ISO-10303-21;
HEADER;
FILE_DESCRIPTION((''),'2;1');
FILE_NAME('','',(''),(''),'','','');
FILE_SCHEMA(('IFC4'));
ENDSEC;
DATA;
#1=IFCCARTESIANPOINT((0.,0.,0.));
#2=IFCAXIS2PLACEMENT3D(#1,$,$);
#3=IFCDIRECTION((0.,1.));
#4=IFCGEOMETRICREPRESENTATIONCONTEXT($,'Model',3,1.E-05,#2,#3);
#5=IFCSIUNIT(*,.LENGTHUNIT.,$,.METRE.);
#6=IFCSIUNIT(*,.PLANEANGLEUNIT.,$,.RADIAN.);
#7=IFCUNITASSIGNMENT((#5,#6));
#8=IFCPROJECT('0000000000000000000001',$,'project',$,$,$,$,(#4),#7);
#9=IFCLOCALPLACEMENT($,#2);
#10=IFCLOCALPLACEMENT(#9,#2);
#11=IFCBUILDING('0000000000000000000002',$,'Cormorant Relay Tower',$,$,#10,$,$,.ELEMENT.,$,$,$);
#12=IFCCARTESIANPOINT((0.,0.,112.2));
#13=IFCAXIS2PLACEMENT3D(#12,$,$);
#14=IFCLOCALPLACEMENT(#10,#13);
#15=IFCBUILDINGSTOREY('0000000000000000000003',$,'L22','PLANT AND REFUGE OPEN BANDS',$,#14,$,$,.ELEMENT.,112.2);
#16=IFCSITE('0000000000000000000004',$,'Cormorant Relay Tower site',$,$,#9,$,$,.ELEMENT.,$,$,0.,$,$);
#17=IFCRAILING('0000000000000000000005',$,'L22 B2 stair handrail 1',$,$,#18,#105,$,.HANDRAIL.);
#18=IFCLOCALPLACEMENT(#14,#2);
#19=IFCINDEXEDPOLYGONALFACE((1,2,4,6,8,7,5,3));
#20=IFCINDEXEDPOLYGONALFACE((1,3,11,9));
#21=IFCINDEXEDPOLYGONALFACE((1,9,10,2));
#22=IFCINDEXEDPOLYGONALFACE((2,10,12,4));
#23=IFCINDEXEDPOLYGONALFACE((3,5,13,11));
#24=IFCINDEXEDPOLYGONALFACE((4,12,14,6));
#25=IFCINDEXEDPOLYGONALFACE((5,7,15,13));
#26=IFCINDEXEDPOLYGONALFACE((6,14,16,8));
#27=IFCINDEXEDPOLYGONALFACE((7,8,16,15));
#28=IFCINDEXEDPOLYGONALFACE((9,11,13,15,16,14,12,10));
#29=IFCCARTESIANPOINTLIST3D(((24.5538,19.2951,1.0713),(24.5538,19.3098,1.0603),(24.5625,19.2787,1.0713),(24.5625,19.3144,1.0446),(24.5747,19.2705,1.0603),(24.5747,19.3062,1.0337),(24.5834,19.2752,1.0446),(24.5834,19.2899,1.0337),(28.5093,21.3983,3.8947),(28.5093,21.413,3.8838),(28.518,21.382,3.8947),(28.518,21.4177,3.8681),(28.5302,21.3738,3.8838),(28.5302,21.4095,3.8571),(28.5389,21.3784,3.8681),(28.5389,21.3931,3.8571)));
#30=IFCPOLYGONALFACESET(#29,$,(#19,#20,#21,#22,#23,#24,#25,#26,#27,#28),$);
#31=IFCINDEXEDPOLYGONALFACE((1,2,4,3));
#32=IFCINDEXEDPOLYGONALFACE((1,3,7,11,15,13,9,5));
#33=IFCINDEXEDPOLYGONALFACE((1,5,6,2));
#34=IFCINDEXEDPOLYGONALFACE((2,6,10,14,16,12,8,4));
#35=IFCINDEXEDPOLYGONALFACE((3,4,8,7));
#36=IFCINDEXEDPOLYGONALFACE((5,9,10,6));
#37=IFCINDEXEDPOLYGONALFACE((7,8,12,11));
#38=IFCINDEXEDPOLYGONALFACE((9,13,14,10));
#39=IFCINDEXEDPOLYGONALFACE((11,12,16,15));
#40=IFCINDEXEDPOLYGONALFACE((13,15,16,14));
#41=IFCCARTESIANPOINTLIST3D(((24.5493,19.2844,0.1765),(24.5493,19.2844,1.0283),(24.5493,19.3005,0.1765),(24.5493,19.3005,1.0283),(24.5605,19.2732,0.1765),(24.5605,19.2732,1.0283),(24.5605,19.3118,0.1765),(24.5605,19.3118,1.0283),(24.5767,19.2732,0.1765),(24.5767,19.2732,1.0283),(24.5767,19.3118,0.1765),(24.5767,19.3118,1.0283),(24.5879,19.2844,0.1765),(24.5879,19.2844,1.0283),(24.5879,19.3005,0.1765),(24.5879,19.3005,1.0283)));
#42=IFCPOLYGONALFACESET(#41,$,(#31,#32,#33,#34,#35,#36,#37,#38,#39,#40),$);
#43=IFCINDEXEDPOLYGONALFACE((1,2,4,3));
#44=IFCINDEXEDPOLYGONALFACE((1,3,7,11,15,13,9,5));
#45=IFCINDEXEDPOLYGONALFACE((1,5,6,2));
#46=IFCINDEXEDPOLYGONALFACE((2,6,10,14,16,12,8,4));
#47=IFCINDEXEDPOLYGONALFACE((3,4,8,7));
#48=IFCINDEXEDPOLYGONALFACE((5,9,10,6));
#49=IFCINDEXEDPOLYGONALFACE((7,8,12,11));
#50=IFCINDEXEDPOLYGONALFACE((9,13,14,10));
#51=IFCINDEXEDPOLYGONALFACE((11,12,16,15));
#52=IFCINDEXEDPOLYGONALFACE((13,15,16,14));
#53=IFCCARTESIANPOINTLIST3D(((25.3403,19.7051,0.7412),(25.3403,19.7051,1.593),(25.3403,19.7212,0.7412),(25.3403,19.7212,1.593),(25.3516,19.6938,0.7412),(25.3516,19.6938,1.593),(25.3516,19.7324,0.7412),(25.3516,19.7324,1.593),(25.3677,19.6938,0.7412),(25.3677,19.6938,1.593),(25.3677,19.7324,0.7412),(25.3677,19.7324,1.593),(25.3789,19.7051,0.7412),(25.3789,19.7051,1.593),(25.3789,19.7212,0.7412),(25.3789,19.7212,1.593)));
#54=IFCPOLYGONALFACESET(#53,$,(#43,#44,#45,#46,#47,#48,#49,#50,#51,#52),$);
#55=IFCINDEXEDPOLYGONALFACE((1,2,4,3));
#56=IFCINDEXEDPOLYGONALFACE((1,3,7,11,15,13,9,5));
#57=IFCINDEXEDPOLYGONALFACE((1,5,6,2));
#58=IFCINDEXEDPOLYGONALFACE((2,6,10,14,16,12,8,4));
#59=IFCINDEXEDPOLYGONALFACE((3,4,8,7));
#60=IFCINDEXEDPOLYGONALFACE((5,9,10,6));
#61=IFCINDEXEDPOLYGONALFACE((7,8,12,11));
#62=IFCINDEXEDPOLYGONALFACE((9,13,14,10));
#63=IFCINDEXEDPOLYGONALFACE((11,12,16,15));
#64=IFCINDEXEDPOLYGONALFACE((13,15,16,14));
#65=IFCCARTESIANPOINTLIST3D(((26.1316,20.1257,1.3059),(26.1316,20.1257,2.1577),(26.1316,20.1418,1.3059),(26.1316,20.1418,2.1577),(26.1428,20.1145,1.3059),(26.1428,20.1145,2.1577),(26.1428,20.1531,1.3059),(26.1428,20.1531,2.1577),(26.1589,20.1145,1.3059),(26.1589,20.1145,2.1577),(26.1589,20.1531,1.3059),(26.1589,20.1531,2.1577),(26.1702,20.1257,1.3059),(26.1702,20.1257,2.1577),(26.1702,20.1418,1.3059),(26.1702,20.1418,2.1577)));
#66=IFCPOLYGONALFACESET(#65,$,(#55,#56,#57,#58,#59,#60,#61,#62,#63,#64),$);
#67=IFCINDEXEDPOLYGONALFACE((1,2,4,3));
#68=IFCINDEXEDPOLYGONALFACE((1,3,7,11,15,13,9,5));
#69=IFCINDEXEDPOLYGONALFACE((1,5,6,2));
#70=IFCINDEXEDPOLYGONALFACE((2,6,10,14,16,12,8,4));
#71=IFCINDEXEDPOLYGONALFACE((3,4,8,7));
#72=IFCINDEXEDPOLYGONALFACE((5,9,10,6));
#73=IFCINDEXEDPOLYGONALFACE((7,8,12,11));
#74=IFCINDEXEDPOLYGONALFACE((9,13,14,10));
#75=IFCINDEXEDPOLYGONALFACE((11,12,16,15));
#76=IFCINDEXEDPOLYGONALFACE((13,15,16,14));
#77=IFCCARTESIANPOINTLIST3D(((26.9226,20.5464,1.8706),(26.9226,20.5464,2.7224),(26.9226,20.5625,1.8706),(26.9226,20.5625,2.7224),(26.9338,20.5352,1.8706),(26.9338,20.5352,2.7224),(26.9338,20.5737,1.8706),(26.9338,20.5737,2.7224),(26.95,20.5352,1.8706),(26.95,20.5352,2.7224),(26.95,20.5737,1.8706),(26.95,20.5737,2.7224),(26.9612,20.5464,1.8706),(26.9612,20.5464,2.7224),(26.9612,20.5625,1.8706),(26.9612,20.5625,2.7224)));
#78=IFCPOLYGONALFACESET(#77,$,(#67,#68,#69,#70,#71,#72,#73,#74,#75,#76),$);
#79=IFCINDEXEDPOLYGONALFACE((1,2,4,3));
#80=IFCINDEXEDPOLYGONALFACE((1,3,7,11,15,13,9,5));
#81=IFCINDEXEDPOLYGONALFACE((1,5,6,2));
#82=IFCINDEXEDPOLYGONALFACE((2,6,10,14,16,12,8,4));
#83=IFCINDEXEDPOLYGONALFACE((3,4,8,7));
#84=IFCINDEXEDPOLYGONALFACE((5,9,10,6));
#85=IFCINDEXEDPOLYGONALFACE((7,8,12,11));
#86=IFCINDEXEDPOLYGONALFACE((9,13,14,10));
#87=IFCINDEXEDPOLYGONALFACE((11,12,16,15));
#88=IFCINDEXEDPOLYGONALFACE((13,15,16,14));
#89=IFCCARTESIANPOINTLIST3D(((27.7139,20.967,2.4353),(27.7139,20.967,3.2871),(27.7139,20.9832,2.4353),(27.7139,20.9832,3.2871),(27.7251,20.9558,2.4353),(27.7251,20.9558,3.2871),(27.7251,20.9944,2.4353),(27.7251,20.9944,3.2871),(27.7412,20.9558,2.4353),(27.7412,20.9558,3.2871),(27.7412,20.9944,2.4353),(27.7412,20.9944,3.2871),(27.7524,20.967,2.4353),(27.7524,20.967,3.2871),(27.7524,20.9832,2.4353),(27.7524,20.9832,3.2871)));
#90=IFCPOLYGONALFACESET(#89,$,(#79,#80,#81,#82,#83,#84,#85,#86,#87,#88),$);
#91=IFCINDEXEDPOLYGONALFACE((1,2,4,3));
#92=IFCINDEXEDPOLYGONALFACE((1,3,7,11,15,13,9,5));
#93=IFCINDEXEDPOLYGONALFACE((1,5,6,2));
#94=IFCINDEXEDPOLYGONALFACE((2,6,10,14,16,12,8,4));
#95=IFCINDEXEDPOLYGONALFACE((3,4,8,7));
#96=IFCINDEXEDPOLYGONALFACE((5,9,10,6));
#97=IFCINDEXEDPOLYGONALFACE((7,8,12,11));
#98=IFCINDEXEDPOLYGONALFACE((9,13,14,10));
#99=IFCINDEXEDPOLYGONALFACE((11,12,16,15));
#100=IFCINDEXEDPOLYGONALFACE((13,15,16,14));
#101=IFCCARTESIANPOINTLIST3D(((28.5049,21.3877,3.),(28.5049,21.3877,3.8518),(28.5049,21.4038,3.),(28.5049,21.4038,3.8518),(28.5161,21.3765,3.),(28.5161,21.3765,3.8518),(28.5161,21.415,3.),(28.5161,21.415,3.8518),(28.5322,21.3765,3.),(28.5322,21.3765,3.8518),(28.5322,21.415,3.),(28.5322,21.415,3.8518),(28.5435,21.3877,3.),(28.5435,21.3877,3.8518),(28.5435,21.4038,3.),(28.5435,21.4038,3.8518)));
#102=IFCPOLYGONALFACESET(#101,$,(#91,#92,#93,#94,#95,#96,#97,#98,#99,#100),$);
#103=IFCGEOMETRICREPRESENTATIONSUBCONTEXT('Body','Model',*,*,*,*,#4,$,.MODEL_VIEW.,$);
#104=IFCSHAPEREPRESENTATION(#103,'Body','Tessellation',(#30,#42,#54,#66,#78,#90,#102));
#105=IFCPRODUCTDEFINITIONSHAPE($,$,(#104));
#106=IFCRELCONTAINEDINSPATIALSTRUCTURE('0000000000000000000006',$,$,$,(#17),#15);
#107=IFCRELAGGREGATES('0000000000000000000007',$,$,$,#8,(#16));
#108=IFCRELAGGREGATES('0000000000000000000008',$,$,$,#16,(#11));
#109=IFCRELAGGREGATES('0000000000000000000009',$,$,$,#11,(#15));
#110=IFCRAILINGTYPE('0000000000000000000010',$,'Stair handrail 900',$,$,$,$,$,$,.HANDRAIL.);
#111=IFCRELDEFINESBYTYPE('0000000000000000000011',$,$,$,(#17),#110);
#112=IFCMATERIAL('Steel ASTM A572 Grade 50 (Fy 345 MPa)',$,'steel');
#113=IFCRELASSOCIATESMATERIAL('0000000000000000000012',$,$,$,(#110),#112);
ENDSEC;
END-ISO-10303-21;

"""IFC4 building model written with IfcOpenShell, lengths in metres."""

from ifc_helpers import new_model, si_unit, direction, frame, origin, place, context, subcontext, project, spatial, polyline, outline, extrude, material, type_object, element, save


model = new_model("IFC4")

# Units and contexts
model_context = context("Model", 3, precision=1e-05, world=origin(), true_north=direction((0.0, 1.0)))
body_context = subcontext(model_context, "Body", "Model", "MODEL_VIEW")
ifc_project = project(units=[si_unit("LENGTHUNIT", "METRE"), si_unit("PLANEANGLEUNIT", "RADIAN")], contexts=[model_context])

# Site, building, storey
site_placement = place(None, origin())
site = spatial("IfcSite", under=ifc_project, at=site_placement, Name="Cormorant Relay Tower site", CompositionType="ELEMENT", RefElevation=0.0)
building_placement = place(site_placement, origin())
building = spatial("IfcBuilding", under=site, at=building_placement, Name="Cormorant Relay Tower", CompositionType="ELEMENT")
storey_placement = place(building_placement, frame((0.0, 0.0, 112.2)))
storey = spatial("IfcBuildingStorey", under=building, at=storey_placement, Name="L22", Description="PLANT AND REFUGE OPEN BANDS", CompositionType="ELEMENT", Elevation=112.2)

# Railing
ifc_material_1 = material(Name="Steel ASTM A572 Grade 50 (Fy 345 MPa)", Category="steel")
railing_type_1 = type_object("IfcRailingType", Name="Stair handrail 900", PredefinedType="HANDRAIL", material=ifc_material_1)
railing_1_placement = place(storey_placement, frame((24.5686, 19.2925, 0.1765)))
element("IfcRailing", 1, at=railing_1_placement, inside=storey, type_object=railing_type_1, Name="L22 B2 stair handrail 1", PredefinedType="HANDRAIL", context=body_context, shape_type="SweptSolid", body=[
    extrude(outline(polyline([(0.0222, 0.0093), (0.0093, 0.0222), (-0.0093, 0.0222), (-0.0222, 0.0093), (-0.0222, -0.0093), (-0.0093, -0.0222), (0.0093, -0.0222), (0.0222, -0.0093), (0.0222, 0.0093)])), frame((0.0, 0.0, 0.876), z_axis=(0.746967, 0.397181, 0.533186), x_axis=(-0.469482, 0.882942, 0.0)), (0.0, 0.0, 1.0), 5.2954),
    extrude(outline(polyline([(0.0193, 0.0081), (0.0081, 0.0193), (-0.0081, 0.0193), (-0.0193, 0.0081), (-0.0193, -0.0081), (-0.0081, -0.0193), (0.0081, -0.0193), (0.0193, -0.0081), (0.0193, 0.0081)])), origin(), (0.0, 0.0, 1.0), 0.8518),
    extrude(outline(polyline([(0.0193, 0.0081), (0.0081, 0.0193), (-0.0081, 0.0193), (-0.0193, 0.0081), (-0.0193, -0.0081), (-0.0081, -0.0193), (0.0081, -0.0193), (0.0193, -0.0081), (0.0193, 0.0081)])), frame((0.791, 0.4207, 0.5647)), (0.0, 0.0, 1.0), 0.8518),
    extrude(outline(polyline([(0.0193, 0.0081), (0.0081, 0.0193), (-0.0081, 0.0193), (-0.0193, 0.0081), (-0.0193, -0.0081), (-0.0081, -0.0193), (0.0081, -0.0193), (0.0193, -0.0081), (0.0193, 0.0081)])), frame((1.5823, 0.8413, 1.1294)), (0.0, 0.0, 1.0), 0.8518),
    extrude(outline(polyline([(0.0193, 0.0081), (0.0081, 0.0193), (-0.0081, 0.0193), (-0.0193, 0.0081), (-0.0193, -0.0081), (-0.0081, -0.0193), (0.0081, -0.0193), (0.0193, -0.0081), (0.0193, 0.0081)])), frame((2.3733, 1.262, 1.6941)), (0.0, 0.0, 1.0), 0.8518),
    extrude(outline(polyline([(0.0193, 0.0081), (0.0081, 0.0193), (-0.0081, 0.0193), (-0.0193, 0.0081), (-0.0193, -0.0081), (-0.0081, -0.0193), (0.0081, -0.0193), (0.0193, -0.0081), (0.0193, 0.0081)])), frame((3.1646, 1.6826, 2.2588)), (0.0, 0.0, 1.0), 0.8518),
    extrude(outline(polyline([(0.0193, 0.0081), (0.0081, 0.0193), (-0.0081, 0.0193), (-0.0193, 0.0081), (-0.0193, -0.0081), (-0.0081, -0.0193), (0.0081, -0.0193), (0.0193, -0.0081), (0.0193, 0.0081)])), frame((3.9556, 2.1033, 2.8235)), (0.0, 0.0, 1.0), 0.8518),
])

save(model, "model.ifc")
